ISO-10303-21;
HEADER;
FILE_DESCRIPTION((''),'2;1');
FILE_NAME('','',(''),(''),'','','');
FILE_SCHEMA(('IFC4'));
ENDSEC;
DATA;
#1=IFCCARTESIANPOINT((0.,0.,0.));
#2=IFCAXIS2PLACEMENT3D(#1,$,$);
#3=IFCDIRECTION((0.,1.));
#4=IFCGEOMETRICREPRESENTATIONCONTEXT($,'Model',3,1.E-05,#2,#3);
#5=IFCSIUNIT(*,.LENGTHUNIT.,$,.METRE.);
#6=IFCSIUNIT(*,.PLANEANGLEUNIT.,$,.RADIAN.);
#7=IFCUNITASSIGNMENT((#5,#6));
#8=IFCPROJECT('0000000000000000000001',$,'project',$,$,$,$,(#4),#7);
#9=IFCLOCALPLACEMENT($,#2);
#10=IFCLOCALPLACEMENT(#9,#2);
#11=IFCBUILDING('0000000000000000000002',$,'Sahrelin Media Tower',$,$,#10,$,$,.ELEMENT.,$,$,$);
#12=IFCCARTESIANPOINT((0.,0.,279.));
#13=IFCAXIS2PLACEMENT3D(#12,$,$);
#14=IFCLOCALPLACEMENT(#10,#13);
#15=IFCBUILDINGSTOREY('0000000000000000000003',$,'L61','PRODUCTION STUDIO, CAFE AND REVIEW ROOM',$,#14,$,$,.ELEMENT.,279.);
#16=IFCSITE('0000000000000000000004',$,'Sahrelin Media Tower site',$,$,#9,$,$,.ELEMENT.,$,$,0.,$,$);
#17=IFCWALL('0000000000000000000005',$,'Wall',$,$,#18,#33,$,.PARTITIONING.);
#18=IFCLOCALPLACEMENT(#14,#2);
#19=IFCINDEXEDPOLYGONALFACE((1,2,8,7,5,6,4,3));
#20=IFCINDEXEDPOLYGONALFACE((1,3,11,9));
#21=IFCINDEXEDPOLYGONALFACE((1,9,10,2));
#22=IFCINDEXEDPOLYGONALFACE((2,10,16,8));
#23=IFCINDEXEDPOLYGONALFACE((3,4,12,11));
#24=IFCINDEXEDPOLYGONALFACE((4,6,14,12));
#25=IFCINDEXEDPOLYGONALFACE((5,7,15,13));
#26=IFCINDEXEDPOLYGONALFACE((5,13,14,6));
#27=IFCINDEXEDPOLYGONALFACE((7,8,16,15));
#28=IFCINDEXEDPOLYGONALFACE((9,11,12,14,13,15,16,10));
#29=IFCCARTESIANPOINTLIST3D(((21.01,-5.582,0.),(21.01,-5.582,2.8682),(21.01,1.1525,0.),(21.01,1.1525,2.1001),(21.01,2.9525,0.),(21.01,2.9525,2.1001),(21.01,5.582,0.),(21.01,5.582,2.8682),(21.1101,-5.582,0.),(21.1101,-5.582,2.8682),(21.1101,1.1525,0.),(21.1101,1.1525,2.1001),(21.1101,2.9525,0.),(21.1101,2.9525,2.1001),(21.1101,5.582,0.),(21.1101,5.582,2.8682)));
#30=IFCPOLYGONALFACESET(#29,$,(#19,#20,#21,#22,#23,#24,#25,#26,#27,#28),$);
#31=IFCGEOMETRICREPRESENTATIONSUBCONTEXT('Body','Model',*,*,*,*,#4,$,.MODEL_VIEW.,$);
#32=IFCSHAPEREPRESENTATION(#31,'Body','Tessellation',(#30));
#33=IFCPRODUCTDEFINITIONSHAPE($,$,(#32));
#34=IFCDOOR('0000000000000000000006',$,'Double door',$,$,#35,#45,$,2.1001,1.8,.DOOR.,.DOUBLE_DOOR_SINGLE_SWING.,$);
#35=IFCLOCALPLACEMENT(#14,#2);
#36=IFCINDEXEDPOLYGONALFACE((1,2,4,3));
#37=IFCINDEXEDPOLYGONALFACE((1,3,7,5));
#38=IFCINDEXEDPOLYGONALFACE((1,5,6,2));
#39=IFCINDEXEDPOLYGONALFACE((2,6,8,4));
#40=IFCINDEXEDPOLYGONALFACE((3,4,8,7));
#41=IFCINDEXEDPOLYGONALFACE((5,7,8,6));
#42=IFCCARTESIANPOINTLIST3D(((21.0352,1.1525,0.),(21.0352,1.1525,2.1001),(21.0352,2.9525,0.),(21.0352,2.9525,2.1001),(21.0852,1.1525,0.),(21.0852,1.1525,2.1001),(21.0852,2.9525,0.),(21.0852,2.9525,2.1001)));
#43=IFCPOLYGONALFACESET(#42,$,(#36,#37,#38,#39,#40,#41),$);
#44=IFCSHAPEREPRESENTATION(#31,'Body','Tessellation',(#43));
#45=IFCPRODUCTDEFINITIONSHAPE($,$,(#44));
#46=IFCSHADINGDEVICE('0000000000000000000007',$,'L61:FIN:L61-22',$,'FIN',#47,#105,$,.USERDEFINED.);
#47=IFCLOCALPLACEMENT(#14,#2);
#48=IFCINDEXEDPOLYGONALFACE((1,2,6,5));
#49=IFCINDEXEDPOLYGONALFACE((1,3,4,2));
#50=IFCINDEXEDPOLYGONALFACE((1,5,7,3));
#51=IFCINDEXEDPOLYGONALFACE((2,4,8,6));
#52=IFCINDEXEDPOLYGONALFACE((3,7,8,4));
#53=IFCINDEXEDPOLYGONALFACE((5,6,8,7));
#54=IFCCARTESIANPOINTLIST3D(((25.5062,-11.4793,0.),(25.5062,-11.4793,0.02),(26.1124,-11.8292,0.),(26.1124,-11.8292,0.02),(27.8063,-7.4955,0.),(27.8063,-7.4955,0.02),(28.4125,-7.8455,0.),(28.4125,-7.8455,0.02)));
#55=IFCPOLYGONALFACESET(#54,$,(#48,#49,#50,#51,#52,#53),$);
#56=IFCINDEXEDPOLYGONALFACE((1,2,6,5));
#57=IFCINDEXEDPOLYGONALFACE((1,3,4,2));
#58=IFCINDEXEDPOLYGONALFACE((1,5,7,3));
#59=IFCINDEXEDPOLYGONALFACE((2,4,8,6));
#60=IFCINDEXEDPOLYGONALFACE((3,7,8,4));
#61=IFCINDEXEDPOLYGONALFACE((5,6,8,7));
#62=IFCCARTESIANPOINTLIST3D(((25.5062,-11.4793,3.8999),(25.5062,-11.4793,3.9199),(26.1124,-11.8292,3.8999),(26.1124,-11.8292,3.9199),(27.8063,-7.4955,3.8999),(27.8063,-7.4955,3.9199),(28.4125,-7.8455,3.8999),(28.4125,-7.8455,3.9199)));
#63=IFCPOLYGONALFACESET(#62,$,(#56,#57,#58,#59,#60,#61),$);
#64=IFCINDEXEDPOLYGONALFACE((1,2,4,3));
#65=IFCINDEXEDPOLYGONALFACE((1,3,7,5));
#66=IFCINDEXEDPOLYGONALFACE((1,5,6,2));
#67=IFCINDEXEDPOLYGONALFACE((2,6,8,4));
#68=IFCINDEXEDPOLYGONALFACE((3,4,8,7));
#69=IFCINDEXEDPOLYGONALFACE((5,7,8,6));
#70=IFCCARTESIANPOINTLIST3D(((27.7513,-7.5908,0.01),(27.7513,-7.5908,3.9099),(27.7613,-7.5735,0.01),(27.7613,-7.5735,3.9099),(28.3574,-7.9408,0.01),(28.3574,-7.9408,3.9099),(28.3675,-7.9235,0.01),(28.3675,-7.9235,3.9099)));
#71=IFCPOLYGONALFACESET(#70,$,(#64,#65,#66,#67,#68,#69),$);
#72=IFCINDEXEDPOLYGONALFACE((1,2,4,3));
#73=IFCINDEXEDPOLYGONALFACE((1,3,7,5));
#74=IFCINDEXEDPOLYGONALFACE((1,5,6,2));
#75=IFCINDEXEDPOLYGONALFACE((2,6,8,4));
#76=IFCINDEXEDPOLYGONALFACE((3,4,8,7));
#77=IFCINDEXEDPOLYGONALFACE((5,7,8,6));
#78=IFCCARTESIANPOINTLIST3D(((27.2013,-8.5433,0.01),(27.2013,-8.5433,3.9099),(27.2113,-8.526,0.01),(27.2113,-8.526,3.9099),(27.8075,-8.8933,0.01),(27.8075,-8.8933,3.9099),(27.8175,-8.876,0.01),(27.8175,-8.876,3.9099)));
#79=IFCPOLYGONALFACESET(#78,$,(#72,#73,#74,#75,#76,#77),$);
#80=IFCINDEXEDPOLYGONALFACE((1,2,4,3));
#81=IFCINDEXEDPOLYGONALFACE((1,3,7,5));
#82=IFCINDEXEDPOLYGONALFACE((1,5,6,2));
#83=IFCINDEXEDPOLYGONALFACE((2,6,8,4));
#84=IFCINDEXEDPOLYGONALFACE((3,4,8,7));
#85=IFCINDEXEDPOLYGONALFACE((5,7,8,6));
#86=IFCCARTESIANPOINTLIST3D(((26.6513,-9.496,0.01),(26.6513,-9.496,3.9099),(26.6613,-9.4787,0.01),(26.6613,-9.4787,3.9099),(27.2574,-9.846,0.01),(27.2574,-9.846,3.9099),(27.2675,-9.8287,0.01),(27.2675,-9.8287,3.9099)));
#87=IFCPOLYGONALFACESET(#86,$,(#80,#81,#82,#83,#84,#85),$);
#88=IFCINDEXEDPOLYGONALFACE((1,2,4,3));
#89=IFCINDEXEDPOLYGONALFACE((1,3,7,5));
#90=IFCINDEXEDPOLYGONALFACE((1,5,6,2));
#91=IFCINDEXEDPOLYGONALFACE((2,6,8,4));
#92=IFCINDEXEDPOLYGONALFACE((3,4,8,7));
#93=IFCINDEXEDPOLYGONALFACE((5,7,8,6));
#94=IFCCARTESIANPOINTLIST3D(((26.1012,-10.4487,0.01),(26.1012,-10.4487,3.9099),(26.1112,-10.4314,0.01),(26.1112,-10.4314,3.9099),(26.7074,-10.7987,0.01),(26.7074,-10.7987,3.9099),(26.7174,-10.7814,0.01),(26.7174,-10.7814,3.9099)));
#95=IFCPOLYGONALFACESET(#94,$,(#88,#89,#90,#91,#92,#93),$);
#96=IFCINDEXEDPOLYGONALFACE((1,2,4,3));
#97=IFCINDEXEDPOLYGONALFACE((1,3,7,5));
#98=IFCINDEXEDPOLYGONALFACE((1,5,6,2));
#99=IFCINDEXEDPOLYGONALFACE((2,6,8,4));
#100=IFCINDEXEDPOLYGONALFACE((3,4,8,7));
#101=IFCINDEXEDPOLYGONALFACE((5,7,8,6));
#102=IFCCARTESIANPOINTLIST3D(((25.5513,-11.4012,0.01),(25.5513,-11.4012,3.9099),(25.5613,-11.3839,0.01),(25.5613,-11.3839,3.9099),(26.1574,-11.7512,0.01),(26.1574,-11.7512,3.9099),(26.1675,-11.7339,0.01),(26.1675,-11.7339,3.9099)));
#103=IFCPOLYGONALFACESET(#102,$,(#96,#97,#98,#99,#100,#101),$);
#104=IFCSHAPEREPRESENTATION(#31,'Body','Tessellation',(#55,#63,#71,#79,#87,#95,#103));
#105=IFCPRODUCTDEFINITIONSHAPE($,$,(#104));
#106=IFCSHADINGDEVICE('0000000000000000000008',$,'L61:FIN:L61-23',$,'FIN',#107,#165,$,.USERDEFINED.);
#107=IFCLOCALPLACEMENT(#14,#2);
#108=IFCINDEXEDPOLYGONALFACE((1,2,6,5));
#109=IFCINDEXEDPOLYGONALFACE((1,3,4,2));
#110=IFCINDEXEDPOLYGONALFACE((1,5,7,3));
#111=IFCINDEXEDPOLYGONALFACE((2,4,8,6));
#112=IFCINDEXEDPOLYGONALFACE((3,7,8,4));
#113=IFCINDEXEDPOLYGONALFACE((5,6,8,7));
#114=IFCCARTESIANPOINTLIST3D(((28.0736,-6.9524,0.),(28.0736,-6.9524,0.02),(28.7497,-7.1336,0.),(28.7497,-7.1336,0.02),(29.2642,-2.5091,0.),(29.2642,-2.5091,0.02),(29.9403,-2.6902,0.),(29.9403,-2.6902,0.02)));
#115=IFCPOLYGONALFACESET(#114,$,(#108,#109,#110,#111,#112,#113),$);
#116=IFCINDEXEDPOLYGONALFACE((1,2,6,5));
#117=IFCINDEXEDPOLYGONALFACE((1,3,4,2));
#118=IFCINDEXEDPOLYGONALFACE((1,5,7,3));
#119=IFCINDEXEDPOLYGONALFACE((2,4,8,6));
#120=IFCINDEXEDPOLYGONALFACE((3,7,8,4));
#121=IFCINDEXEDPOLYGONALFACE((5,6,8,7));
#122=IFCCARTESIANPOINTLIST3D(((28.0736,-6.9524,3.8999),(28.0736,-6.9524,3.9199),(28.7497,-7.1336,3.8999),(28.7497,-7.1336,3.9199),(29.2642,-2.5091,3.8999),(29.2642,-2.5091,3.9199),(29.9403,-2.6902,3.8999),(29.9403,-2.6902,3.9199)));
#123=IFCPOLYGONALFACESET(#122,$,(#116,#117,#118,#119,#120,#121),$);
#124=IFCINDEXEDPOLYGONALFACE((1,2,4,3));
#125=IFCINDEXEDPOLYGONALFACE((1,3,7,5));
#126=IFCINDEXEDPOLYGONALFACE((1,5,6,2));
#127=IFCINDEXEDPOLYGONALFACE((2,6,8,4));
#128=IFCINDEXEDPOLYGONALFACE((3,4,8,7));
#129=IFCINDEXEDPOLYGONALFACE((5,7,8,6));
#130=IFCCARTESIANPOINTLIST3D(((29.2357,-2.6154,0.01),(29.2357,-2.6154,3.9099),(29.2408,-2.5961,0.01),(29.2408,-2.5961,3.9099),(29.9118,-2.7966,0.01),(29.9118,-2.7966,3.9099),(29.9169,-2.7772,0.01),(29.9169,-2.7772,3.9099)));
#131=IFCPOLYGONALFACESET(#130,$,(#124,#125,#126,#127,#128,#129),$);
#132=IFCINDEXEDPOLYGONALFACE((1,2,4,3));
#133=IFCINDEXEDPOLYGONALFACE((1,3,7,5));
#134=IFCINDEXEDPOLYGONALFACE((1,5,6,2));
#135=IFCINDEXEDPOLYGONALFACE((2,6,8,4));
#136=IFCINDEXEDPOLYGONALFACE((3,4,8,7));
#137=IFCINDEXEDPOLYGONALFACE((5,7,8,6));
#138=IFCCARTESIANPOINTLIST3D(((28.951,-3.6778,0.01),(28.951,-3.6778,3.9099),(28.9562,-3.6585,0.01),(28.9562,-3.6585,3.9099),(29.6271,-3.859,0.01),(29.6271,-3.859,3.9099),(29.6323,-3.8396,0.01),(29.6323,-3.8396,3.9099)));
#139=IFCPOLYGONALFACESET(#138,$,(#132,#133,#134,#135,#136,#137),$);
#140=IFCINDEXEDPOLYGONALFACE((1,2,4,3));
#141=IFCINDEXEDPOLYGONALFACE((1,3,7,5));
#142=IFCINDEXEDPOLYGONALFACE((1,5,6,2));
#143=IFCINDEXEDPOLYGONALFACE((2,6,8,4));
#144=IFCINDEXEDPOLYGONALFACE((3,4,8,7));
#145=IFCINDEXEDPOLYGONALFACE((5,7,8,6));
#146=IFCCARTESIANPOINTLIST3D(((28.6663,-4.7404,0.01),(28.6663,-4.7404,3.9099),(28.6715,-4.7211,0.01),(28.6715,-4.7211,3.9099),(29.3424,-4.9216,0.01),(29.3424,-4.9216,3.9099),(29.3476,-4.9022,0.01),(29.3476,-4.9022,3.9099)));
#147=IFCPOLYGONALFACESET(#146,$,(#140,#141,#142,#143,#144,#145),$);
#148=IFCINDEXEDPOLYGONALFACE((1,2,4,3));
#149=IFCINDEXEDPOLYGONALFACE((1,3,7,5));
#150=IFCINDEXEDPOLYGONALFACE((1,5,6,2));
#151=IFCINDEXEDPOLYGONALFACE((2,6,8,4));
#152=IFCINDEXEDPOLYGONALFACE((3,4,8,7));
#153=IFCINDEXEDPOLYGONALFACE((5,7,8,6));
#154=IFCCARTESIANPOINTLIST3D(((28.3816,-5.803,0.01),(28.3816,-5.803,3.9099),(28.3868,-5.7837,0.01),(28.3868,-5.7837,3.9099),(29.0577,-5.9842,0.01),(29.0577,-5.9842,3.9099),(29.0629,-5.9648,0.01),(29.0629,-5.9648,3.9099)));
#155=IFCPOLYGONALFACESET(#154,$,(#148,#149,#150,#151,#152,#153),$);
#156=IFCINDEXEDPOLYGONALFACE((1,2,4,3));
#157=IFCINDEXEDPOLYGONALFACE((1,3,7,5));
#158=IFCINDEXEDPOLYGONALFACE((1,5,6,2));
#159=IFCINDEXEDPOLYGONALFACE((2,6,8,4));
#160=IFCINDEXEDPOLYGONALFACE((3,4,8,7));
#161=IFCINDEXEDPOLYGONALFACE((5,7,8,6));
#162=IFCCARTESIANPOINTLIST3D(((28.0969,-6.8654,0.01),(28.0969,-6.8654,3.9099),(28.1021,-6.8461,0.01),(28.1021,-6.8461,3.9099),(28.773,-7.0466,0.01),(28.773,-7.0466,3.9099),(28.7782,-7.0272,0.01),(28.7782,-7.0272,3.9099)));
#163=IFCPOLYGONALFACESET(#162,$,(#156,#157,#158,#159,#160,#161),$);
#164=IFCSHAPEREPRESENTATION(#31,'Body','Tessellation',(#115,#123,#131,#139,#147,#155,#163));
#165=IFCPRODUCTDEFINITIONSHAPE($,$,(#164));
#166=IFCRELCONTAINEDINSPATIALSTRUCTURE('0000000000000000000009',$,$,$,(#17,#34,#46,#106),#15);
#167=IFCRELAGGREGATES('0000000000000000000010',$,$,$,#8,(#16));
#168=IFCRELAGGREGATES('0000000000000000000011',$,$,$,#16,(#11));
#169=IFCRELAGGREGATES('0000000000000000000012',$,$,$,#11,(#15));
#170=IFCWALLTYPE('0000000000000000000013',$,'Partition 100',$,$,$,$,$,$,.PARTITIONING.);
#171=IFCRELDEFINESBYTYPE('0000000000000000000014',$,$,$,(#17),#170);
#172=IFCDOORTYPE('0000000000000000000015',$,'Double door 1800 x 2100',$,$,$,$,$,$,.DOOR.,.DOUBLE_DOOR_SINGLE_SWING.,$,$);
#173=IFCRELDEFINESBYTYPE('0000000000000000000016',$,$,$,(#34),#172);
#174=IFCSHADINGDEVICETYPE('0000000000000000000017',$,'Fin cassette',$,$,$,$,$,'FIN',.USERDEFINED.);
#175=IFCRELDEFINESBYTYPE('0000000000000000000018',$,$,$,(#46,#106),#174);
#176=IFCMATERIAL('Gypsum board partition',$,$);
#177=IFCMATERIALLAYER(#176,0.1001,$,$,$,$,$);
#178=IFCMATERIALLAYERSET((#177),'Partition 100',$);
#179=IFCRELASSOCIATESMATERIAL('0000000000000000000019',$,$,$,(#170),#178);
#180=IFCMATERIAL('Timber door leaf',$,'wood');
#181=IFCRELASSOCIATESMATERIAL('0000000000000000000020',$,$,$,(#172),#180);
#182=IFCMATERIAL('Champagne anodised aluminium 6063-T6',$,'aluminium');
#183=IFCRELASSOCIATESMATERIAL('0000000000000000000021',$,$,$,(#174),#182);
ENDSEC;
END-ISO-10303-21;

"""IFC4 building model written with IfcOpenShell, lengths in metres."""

from ifc_helpers import new_model, si_unit, direction, frame, frame_2d, origin, origin_2d, place, context, subcontext, project, spatial, rectangle, extrude, material, layer, layer_set, type_object, element, fill, save


model = new_model("IFC4")

# Units and contexts
model_context = context("Model", 3, precision=1e-05, world=origin(), true_north=direction((0.0, 1.0)))
body_context = subcontext(model_context, "Body", "Model", "MODEL_VIEW")
ifc_project = project(units=[si_unit("LENGTHUNIT", "METRE"), si_unit("PLANEANGLEUNIT", "RADIAN")], contexts=[model_context])

# Site, building, storey
site_placement = place(None, origin())
site = spatial("IfcSite", under=ifc_project, at=site_placement, Name="Sahrelin Media Tower site", CompositionType="ELEMENT", RefElevation=0.0)
building_placement = place(site_placement, origin())
building = spatial("IfcBuilding", under=site, at=building_placement, Name="Sahrelin Media Tower", CompositionType="ELEMENT")
storey_placement = place(building_placement, frame((0.0, 0.0, 279.0)))
storey = spatial("IfcBuildingStorey", under=building, at=storey_placement, Name="L61", Description="PRODUCTION STUDIO, CAFE AND REVIEW ROOM", CompositionType="ELEMENT", Elevation=279.0)

# Shared definitions
ifc_material_1 = material(Name="Champagne anodised aluminium 6063-T6", Category="aluminium")

# Shared definitions
ifc_material_2 = material(Name="Gypsum board partition")
ifc_layer_1 = layer(ifc_material_2, 0.1001)
ifc_layer_set_1 = layer_set([ifc_layer_1], Name="Partition 100")
wall_type_1 = type_object("IfcWallType", Name="Partition 100", PredefinedType="PARTITIONING", material=ifc_layer_set_1)

# Wall, opening, door
wall_1_placement = place(storey_placement, frame((21.0601, -5.582, 0.0), z_axis=(0.0, 0.0, 1.0), x_axis=(0.0, 1.0, 0.0)))
wall_1 = element("IfcWall", 1, at=wall_1_placement, inside=storey, type_object=wall_type_1, Name="Wall", PredefinedType="PARTITIONING", context=body_context, shape_type="SweptSolid", body=[
    extrude(rectangle(XDim=11.1641, YDim=0.1001, at=frame_2d((5.582, 0.0))), origin(), (0.0, 0.0, 1.0), 2.8682),
])
opening_1_placement = place(wall_1_placement, frame((6.7346, 0.0, 0.0)))
opening_1 = element("IfcOpeningElement", 2, at=opening_1_placement, cuts=wall_1, PredefinedType="OPENING", context=body_context, shape_type="SweptSolid", body=[
    extrude(rectangle(XDim=1.8, YDim=2.1001, at=frame_2d((0.8999, 1.05))), frame((0.0, 0.05, 0.0), z_axis=(0.0, -1.0, 0.0), x_axis=(1.0, 0.0, 0.0)), (0.0, 0.0, 1.0), 0.1001),
])
ifc_material_3 = material(Name="Timber door leaf", Category="wood")
door_type_1 = type_object("IfcDoorType", Name="Double door 1800 x 2100", OperationType="DOUBLE_DOOR_SINGLE_SWING", PredefinedType="DOOR", material=ifc_material_3)
door_1_placement = place(opening_1_placement, origin())
door_1 = element("IfcDoor", 3, at=door_1_placement, inside=storey, type_object=door_type_1, Name="Double door", OperationType="DOUBLE_DOOR_SINGLE_SWING", OverallHeight=2.1001, OverallWidth=1.8, PredefinedType="DOOR", context=body_context, shape_type="SweptSolid", body=[
    extrude(rectangle(XDim=1.8, YDim=2.1001, at=frame_2d((0.8999, 1.05))), frame((0.0, 0.0249, 0.0), z_axis=(0.0, -1.0, 0.0), x_axis=(1.0, 0.0, 0.0)), (0.0, 0.0, 1.0), 0.05),
])
fill(opening_1, door_1)

# Shading devices
shading_device_type_1 = type_object("IfcShadingDeviceType", Name="Fin cassette", ElementType="FIN", PredefinedType="USERDEFINED", material=ifc_material_1)
placement_1 = place(storey_placement, frame((26.5957, -9.4524, 0.0), z_axis=(0.0, 0.0, 1.0), x_axis=(-0.500011, -0.866019, 0.0)))
element("IfcShadingDevice", 4, at=placement_1, inside=storey, type_object=shading_device_type_1, Name="L61:FIN:L61-22", ObjectType="FIN", PredefinedType="USERDEFINED", context=body_context, shape_type="SweptSolid", body=[
    extrude(rectangle(XDim=4.6001, YDim=0.7, at=origin_2d()), frame((0.0, 0.4199, 0.0)), (0.0, 0.0, 1.0), 0.02),
    extrude(rectangle(XDim=4.6001, YDim=0.7, at=origin_2d()), frame((0.0, 0.4199, 3.8999)), (0.0, 0.0, 1.0), 0.02),
    extrude(rectangle(XDim=0.02, YDim=0.7, at=origin_2d()), frame((-2.2, 0.4199, 0.01), z_axis=(0.0, 0.0, 1.0), x_axis=(1.0, 0.0, 0.0)), (0.0, 0.0, 1.0), 3.8999),
    extrude(rectangle(XDim=0.02, YDim=0.7, at=origin_2d()), frame((-1.1001, 0.4199, 0.01), z_axis=(0.0, 0.0, 1.0), x_axis=(1.0, 0.0, 0.0)), (0.0, 0.0, 1.0), 3.8999),
    extrude(rectangle(XDim=0.02, YDim=0.7, at=origin_2d()), frame((0.0, 0.4199, 0.01), z_axis=(0.0, 0.0, 1.0), x_axis=(1.0, 0.0, 0.0)), (0.0, 0.0, 1.0), 3.8999),
    extrude(rectangle(XDim=0.02, YDim=0.7, at=origin_2d()), frame((1.1001, 0.4199, 0.01), z_axis=(0.0, 0.0, 1.0), x_axis=(1.0, 0.0, 0.0)), (0.0, 0.0, 1.0), 3.8999),
    extrude(rectangle(XDim=0.02, YDim=0.7, at=origin_2d()), frame((2.2, 0.4199, 0.01), z_axis=(0.0, 0.0, 1.0), x_axis=(1.0, 0.0, 0.0)), (0.0, 0.0, 1.0), 3.8999),
])
placement_2 = place(storey_placement, frame((28.6013, -4.7126, 0.0), z_axis=(0.0, 0.0, 1.0), x_axis=(-0.258808, -0.965929, 0.0)))
element("IfcShadingDevice", 5, at=placement_2, inside=storey, type_object=shading_device_type_1, Name="L61:FIN:L61-23", ObjectType="FIN", PredefinedType="USERDEFINED", context=body_context, shape_type="SweptSolid", body=[
    extrude(rectangle(XDim=4.6001, YDim=0.7, at=origin_2d()), frame((0.0, 0.4199, 0.0)), (0.0, 0.0, 1.0), 0.02),
    extrude(rectangle(XDim=4.6001, YDim=0.7, at=origin_2d()), frame((0.0, 0.4199, 3.8999)), (0.0, 0.0, 1.0), 0.02),
    extrude(rectangle(XDim=0.02, YDim=0.7, at=origin_2d()), frame((-2.2, 0.4199, 0.01), z_axis=(0.0, 0.0, 1.0), x_axis=(1.0, 0.0, 0.0)), (0.0, 0.0, 1.0), 3.8999),
    extrude(rectangle(XDim=0.02, YDim=0.7, at=origin_2d()), frame((-1.1001, 0.4199, 0.01), z_axis=(0.0, 0.0, 1.0), x_axis=(1.0, 0.0, 0.0)), (0.0, 0.0, 1.0), 3.8999),
    extrude(rectangle(XDim=0.02, YDim=0.7, at=origin_2d()), frame((0.0, 0.4199, 0.01), z_axis=(0.0, 0.0, 1.0), x_axis=(1.0, 0.0, 0.0)), (0.0, 0.0, 1.0), 3.8999),
    extrude(rectangle(XDim=0.02, YDim=0.7, at=origin_2d()), frame((1.1001, 0.4199, 0.01), z_axis=(0.0, 0.0, 1.0), x_axis=(1.0, 0.0, 0.0)), (0.0, 0.0, 1.0), 3.8999),
    extrude(rectangle(XDim=0.02, YDim=0.7, at=origin_2d()), frame((2.2, 0.4199, 0.01), z_axis=(0.0, 0.0, 1.0), x_axis=(1.0, 0.0, 0.0)), (0.0, 0.0, 1.0), 3.8999),
])

save(model, "model.ifc")
